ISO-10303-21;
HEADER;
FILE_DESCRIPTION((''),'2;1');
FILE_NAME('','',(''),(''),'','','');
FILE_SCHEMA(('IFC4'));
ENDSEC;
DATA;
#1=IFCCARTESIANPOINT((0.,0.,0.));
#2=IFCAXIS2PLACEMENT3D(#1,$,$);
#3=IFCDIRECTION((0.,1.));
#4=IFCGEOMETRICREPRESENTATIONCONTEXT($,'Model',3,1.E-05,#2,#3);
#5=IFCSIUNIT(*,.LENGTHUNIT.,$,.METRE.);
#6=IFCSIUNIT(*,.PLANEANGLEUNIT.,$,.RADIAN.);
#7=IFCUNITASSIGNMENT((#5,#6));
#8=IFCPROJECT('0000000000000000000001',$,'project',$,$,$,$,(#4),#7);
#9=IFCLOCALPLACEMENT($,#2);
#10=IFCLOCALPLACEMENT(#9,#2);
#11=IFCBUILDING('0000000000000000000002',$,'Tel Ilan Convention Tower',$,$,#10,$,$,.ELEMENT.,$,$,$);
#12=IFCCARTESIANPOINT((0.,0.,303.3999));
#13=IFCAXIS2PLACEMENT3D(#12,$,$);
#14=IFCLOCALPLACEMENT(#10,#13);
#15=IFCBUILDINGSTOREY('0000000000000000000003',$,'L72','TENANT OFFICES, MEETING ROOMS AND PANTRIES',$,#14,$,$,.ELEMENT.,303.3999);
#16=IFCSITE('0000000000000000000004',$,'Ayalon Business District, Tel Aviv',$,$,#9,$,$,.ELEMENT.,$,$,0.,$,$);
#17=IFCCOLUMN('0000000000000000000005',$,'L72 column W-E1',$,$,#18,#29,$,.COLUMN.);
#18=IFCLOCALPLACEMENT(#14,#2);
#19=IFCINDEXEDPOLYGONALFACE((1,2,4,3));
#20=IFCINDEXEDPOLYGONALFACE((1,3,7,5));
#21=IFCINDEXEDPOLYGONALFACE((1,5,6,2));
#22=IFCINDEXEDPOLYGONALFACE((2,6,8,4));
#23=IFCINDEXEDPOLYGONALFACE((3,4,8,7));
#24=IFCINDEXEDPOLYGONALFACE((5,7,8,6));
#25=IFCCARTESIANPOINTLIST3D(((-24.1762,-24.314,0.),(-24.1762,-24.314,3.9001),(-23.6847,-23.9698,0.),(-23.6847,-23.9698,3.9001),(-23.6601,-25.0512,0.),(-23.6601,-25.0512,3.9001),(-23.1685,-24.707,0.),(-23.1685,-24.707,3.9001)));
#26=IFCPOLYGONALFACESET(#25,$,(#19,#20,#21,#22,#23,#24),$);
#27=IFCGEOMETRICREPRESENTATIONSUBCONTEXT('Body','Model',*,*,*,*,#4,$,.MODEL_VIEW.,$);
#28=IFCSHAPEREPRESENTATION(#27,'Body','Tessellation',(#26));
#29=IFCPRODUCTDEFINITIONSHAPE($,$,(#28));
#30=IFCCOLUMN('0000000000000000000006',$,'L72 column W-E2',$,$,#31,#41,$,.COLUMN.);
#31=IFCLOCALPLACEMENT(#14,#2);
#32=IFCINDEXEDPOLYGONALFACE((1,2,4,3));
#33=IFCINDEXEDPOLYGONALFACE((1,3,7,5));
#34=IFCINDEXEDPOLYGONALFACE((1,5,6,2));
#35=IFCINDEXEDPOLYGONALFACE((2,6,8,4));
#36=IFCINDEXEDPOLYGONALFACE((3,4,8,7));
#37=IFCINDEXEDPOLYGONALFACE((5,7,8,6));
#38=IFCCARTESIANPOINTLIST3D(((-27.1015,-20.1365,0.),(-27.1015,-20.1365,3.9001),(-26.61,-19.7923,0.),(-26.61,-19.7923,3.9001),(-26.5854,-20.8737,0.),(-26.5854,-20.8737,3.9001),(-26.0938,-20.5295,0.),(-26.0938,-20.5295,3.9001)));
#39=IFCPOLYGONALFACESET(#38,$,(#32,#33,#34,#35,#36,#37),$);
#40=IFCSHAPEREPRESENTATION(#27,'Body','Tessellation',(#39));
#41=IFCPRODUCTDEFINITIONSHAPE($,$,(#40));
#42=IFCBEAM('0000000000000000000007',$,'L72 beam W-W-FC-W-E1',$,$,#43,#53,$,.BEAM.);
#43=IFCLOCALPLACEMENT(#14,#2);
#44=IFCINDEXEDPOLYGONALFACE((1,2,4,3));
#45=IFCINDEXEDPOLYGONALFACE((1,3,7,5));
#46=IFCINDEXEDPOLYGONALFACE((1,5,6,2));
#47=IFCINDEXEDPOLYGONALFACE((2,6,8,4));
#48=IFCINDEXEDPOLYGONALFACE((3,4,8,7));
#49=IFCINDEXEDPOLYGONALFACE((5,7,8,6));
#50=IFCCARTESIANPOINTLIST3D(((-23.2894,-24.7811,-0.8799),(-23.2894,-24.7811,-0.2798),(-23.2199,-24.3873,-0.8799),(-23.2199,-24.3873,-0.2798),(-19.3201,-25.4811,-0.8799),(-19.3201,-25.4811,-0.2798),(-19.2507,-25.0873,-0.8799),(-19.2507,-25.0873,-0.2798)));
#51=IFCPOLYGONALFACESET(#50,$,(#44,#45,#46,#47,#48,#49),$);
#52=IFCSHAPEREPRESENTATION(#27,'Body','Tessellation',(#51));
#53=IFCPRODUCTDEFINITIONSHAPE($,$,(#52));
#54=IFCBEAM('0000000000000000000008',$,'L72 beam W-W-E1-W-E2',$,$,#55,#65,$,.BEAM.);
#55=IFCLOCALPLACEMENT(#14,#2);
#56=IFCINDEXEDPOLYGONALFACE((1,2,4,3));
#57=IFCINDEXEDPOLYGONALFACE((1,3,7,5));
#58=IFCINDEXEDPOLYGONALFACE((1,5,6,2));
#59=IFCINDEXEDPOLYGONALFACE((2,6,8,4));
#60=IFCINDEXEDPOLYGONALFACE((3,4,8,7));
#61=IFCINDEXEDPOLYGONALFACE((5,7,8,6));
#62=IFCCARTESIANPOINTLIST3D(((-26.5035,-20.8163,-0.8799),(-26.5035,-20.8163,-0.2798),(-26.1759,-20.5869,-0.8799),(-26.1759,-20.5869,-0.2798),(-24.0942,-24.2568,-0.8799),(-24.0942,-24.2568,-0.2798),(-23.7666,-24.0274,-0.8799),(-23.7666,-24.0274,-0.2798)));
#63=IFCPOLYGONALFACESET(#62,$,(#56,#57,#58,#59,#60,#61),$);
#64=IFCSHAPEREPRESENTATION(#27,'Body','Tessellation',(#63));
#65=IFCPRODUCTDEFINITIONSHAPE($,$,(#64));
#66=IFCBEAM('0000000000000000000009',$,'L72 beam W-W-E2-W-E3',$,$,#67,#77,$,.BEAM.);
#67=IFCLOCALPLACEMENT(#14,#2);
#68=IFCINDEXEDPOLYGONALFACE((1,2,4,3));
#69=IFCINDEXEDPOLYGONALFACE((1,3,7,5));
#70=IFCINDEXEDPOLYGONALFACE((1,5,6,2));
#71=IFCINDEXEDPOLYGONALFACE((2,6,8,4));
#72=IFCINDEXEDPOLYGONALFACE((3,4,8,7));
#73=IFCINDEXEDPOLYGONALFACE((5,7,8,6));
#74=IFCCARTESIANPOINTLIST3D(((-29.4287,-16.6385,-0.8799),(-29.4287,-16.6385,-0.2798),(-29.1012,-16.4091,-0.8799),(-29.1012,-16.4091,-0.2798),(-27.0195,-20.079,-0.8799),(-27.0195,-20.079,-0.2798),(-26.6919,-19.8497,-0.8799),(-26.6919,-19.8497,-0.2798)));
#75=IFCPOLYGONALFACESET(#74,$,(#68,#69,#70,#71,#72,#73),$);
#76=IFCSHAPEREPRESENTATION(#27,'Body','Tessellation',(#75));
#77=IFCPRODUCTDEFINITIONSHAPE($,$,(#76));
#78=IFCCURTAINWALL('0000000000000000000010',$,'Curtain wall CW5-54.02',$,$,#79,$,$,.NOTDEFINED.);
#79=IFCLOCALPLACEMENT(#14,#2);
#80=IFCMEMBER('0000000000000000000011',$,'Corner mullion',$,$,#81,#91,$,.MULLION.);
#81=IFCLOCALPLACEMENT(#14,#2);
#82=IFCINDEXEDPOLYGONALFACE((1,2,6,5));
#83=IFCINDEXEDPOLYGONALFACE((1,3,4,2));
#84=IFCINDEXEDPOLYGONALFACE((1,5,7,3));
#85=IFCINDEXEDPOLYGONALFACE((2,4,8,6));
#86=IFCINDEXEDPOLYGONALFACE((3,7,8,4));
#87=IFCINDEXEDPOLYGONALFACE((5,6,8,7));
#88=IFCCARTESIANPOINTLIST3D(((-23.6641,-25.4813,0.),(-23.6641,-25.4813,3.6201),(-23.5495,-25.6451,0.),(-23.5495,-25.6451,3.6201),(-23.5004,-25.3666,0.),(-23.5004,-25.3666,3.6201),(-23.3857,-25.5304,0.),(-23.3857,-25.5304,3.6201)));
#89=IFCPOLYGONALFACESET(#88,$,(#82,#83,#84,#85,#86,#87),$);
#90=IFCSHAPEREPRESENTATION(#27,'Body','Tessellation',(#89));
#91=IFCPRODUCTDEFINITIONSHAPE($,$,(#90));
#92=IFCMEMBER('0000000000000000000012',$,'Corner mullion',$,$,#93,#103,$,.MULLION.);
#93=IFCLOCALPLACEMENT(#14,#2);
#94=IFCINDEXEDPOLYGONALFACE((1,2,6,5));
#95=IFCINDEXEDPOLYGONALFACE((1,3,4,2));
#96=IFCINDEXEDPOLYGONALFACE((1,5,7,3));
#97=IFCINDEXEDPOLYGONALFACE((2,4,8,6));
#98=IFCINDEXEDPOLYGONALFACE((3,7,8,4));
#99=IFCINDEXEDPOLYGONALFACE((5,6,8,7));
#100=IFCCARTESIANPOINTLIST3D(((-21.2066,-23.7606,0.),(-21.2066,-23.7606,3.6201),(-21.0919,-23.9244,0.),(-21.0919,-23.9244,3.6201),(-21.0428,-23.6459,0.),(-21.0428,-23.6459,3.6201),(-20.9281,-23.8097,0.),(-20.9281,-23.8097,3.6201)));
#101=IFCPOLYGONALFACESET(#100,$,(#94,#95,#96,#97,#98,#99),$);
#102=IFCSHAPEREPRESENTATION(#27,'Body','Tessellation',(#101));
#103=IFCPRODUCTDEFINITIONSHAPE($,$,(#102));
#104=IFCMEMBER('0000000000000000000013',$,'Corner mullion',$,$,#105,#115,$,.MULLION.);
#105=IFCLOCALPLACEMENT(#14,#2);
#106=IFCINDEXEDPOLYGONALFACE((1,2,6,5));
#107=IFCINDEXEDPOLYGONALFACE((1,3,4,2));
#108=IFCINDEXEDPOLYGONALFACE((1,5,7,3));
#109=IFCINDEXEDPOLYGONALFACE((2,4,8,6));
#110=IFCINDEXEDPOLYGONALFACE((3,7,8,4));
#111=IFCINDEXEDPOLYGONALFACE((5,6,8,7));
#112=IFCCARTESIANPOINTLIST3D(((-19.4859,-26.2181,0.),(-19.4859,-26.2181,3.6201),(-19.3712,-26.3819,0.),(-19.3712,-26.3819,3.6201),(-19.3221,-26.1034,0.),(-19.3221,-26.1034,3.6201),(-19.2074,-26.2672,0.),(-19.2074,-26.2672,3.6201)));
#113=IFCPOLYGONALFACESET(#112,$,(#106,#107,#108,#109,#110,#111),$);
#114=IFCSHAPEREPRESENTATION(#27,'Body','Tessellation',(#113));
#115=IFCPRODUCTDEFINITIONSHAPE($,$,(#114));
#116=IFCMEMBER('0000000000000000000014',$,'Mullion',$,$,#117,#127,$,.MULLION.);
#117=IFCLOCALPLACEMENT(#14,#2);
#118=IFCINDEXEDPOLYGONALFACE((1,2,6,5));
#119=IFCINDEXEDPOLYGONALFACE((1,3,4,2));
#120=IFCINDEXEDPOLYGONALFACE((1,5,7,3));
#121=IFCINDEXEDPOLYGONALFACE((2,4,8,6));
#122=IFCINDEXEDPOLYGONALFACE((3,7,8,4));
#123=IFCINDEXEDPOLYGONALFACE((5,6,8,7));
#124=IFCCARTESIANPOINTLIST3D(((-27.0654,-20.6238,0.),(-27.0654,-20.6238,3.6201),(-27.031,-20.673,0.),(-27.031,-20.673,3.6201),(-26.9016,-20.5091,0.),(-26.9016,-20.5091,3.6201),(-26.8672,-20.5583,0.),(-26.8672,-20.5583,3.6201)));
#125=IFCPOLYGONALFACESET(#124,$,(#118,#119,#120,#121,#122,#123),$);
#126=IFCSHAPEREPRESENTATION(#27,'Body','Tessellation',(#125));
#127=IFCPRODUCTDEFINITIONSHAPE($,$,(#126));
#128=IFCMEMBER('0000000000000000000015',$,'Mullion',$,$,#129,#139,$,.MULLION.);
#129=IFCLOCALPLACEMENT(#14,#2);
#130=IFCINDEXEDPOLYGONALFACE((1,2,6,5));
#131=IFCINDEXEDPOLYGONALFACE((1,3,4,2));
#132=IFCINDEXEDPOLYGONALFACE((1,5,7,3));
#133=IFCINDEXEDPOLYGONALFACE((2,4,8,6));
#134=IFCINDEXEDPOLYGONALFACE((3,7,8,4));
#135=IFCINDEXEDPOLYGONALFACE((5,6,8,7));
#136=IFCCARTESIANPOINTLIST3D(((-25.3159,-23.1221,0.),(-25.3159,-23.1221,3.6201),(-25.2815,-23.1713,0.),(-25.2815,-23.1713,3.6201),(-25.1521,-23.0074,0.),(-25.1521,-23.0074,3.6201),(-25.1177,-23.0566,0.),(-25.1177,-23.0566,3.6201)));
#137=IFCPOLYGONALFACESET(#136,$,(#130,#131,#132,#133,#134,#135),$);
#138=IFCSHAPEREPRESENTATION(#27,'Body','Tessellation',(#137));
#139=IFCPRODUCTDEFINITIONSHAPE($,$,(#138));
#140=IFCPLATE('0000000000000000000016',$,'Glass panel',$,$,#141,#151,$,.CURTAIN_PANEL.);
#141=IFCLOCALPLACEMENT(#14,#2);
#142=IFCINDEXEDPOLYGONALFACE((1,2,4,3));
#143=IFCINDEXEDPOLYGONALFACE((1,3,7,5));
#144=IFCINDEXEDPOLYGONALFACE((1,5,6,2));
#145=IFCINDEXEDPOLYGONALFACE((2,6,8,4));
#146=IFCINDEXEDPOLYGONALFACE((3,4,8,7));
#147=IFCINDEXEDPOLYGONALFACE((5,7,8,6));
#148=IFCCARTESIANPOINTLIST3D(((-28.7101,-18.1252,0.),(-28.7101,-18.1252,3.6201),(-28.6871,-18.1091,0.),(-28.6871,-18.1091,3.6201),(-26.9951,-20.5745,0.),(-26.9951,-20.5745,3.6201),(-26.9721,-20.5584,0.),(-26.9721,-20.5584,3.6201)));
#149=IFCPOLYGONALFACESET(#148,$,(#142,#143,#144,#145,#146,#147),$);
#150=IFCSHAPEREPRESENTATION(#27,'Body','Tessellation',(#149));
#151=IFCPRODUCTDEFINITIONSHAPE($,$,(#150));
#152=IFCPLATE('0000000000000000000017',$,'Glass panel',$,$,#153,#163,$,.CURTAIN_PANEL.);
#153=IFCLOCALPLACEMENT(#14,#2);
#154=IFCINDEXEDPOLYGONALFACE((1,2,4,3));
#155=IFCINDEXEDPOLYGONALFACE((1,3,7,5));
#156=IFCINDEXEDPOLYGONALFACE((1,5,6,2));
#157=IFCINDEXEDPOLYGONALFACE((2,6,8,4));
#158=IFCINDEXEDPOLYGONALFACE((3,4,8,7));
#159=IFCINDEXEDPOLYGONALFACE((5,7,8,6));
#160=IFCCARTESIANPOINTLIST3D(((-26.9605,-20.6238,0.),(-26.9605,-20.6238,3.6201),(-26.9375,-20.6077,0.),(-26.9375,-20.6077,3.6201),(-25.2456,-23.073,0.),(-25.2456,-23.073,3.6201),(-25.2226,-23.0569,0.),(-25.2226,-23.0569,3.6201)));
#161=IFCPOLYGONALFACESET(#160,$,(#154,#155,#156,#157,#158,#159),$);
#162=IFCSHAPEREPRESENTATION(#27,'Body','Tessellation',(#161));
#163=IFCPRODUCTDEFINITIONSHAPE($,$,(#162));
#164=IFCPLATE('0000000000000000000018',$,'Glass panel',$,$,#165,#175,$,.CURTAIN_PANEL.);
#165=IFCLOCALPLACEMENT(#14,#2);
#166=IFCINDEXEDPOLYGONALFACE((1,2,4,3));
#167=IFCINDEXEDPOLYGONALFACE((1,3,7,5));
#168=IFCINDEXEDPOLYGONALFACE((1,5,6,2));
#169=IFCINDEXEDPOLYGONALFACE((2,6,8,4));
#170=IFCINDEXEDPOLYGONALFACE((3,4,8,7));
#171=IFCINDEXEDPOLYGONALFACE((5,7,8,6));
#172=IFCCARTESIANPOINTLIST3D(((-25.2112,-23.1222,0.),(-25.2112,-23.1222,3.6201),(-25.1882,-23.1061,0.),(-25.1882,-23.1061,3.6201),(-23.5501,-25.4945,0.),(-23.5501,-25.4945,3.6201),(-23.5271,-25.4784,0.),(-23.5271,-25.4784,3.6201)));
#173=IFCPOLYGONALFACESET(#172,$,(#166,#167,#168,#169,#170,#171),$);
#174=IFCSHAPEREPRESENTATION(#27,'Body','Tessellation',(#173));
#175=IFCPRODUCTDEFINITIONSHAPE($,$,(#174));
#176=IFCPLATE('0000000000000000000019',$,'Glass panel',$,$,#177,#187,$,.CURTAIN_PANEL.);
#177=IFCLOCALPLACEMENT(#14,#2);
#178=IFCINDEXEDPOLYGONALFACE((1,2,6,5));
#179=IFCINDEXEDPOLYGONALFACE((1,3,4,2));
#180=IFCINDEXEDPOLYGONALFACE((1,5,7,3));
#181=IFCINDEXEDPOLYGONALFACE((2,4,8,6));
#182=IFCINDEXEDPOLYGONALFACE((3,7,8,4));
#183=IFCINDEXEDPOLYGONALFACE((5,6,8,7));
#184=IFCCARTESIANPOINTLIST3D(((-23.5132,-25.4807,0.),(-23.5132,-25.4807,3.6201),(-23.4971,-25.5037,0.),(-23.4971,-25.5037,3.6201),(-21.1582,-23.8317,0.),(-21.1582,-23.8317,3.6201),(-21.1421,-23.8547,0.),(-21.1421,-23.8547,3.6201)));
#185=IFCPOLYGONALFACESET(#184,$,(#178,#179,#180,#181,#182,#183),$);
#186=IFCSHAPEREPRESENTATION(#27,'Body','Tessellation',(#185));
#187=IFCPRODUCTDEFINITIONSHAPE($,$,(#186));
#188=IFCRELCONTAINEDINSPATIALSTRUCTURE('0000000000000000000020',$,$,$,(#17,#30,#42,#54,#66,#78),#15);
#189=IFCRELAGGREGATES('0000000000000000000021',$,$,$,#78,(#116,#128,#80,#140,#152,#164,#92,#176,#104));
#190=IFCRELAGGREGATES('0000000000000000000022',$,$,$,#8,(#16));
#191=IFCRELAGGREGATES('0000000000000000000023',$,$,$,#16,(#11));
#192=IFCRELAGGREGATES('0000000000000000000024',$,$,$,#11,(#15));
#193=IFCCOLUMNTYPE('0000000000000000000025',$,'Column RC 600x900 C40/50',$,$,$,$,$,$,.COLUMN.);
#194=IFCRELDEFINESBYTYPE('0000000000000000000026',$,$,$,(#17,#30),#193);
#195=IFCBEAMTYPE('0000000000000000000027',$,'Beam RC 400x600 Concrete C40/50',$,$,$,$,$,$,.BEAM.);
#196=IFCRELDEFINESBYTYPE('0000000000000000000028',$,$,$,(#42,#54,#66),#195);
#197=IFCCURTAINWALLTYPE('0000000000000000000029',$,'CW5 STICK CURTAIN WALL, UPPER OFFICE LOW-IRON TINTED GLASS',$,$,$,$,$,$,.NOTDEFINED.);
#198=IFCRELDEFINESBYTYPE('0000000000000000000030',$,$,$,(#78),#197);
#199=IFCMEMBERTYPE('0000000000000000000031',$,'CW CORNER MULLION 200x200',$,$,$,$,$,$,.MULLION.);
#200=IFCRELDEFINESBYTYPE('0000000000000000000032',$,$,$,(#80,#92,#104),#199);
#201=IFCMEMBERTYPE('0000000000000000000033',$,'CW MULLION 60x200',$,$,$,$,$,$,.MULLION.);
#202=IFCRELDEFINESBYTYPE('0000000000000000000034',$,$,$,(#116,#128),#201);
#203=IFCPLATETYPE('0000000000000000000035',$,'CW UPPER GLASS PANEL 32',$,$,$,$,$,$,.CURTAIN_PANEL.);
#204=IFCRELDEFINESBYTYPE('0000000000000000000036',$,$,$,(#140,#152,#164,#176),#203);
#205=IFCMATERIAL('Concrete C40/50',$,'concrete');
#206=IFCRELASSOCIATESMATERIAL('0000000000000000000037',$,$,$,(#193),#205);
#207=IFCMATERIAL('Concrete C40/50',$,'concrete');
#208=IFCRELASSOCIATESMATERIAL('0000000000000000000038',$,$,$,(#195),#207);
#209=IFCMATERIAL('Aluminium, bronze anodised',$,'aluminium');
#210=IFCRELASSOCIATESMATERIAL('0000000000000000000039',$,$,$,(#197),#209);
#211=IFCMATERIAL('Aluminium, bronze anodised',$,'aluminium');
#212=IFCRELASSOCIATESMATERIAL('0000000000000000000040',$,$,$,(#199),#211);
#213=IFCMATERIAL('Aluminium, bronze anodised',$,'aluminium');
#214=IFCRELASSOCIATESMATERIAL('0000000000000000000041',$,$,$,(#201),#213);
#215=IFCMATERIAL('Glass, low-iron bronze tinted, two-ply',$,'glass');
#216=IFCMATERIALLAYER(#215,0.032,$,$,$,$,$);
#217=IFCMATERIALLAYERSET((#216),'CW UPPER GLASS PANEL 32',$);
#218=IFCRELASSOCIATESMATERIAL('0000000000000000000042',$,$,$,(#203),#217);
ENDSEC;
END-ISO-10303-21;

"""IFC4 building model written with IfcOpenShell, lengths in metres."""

from ifc_helpers import new_model, si_unit, direction, frame, origin, origin_2d, place, context, subcontext, project, spatial, rectangle, extrude, material, layer, layer_set, material_profile, profile_set, type_object, element, aggregate, save


model = new_model("IFC4")

# Units and contexts
model_context = context("Model", 3, precision=1e-05, world=origin(), true_north=direction((0.0, 1.0)))
body_context = subcontext(model_context, "Body", "Model", "MODEL_VIEW")
ifc_project = project(units=[si_unit("LENGTHUNIT", "METRE"), si_unit("PLANEANGLEUNIT", "RADIAN")], contexts=[model_context])

# Site, building, storey
site_placement = place(None, origin())
site = spatial("IfcSite", under=ifc_project, at=site_placement, Name="Ayalon Business District, Tel Aviv", CompositionType="ELEMENT", RefElevation=0.0)
building_placement = place(site_placement, origin())
building = spatial("IfcBuilding", under=site, at=building_placement, Name="Tel Ilan Convention Tower", CompositionType="ELEMENT")
storey_placement = place(building_placement, frame((0.0, 0.0, 303.3999)))
storey = spatial("IfcBuildingStorey", under=building, at=storey_placement, Name="L72", Description="TENANT OFFICES, MEETING ROOMS AND PANTRIES", CompositionType="ELEMENT", Elevation=303.3999)

# Columns
ifc_material_1 = material(Name="Concrete C40/50", Category="concrete")
ifc_material_profile_1 = material_profile(ifc_material_1, rectangle(XDim=0.8999, YDim=0.6001, at=origin_2d()), Name="RC 600x900")
ifc_profile_set_1 = profile_set([ifc_material_profile_1], Name="Concrete C40/50")
column_type = type_object("IfcColumnType", Name="Column RC 600x900 C40/50", PredefinedType="COLUMN", material=ifc_profile_set_1)
for number, where, z_axis, x_axis, name in (
    (1, (-23.6724, -24.5105, 0.0), (0.0, 0.0, 1.0), (-0.573576, 0.819152, 0.0), "L72 column W-E1"),
    (2, (-26.5977, -20.333, 0.0), (0.0, 0.0, 1.0), (-0.573576, 0.819152, 0.0), "L72 column W-E2"),
):
    element("IfcColumn", number, at=place(storey_placement, frame(where, z_axis=z_axis, x_axis=x_axis)), inside=storey, type_object=column_type, Name=name, PredefinedType="COLUMN", context=body_context, shape_type="SweptSolid", body=[
        extrude(rectangle(XDim=0.8999, YDim=0.6001, at=origin_2d()), origin(), (0.0, 0.0, 1.0), 3.9001),
    ])

# Beams
ifc_material_2 = material(Name="Concrete C40/50", Category="concrete")
ifc_material_profile_2 = material_profile(ifc_material_2, rectangle(XDim=0.3999, YDim=0.6001, at=origin_2d()), Name="RC 400x600")
ifc_profile_set_2 = profile_set([ifc_material_profile_2], Name="Concrete C40/50")
beam_type = type_object("IfcBeamType", Name="Beam RC 400x600 Concrete C40/50", PredefinedType="BEAM", material=ifc_profile_set_2)
beam_placement = place(storey_placement, frame((-19.2854, -25.2842, -0.5798), z_axis=(-0.984805, 0.173664, 0.0), x_axis=(-0.173664, -0.984805, 0.0)))
element("IfcBeam", 3, at=beam_placement, inside=storey, type_object=beam_type, Name="L72 beam W-W-FC-W-E1", PredefinedType="BEAM", context=body_context, shape_type="SweptSolid", body=[
    extrude(rectangle(XDim=0.3999, YDim=0.6001, at=origin_2d()), origin(), (0.0, 0.0, 1.0), 4.0305),
])
for number, where, z_axis, x_axis, name in (
    (4, (-23.9304, -24.1421, -0.5798), (-0.573603, 0.819134, 0.0), (-0.819134, -0.573603, 0.0), "L72 beam W-W-E1-W-E2"),
    (5, (-26.8557, -19.9644, -0.5798), (-0.573603, 0.819134, 0.0), (-0.819134, -0.573603, 0.0), "L72 beam W-W-E2-W-E3"),
):
    element("IfcBeam", number, at=place(storey_placement, frame(where, z_axis=z_axis, x_axis=x_axis)), inside=storey, type_object=beam_type, Name=name, PredefinedType="BEAM", context=body_context, shape_type="SweptSolid", body=[
        extrude(rectangle(XDim=0.3999, YDim=0.6001, at=origin_2d()), origin(), (0.0, 0.0, 1.0), 4.2002),
    ])

# Curtain wall, members, plates
ifc_material_3 = material(Name="Aluminium, bronze anodised", Category="aluminium")
curtain_wall_type = type_object("IfcCurtainWallType", Name="CW5 STICK CURTAIN WALL, UPPER OFFICE LOW-IRON TINTED GLASS", PredefinedType="NOTDEFINED", material=ifc_material_3)
curtain_wall_placement = place(storey_placement, origin())
curtain_wall = element("IfcCurtainWall", 6, at=curtain_wall_placement, inside=storey, type_object=curtain_wall_type, Name="Curtain wall CW5-54.02", PredefinedType="NOTDEFINED")
ifc_material_4 = material(Name="Aluminium, bronze anodised", Category="aluminium")
ifc_material_profile_3 = material_profile(ifc_material_4, rectangle(XDim=0.2, YDim=0.2, at=origin_2d()), Name="CW CORNER MULLION 200x200")
ifc_profile_set_3 = profile_set([ifc_material_profile_3], Name="Aluminium, bronze anodised")
member_type_1 = type_object("IfcMemberType", Name="CW CORNER MULLION 200x200", PredefinedType="MULLION", material=ifc_profile_set_3)
member_1_placement = place(storey_placement, frame((-23.5249, -25.5059, 0.0), z_axis=(0.0, 0.0, 1.0), x_axis=(0.573576, -0.819152, 0.0)))
member_1 = element("IfcMember", 7, at=member_1_placement, type_object=member_type_1, Name="Corner mullion", PredefinedType="MULLION", context=body_context, shape_type="SweptSolid", body=[
    extrude(rectangle(XDim=0.2, YDim=0.2, at=origin_2d()), origin(), (0.0, 0.0, 1.0), 3.6201),
])
member_2_placement = place(storey_placement, frame((-21.0674, -23.7852, 0.0), z_axis=(0.0, 0.0, 1.0), x_axis=(0.819152, 0.573576, 0.0)))
member_2 = element("IfcMember", 8, at=member_2_placement, type_object=member_type_1, Name="Corner mullion", PredefinedType="MULLION", context=body_context, shape_type="SweptSolid", body=[
    extrude(rectangle(XDim=0.2, YDim=0.2, at=origin_2d()), origin(), (0.0, 0.0, 1.0), 3.6201),
])
member_3_placement = place(storey_placement, frame((-19.3467, -26.2427, 0.0), z_axis=(0.0, 0.0, 1.0), x_axis=(0.573576, -0.819152, 0.0)))
member_3 = element("IfcMember", 9, at=member_3_placement, type_object=member_type_1, Name="Corner mullion", PredefinedType="MULLION", context=body_context, shape_type="SweptSolid", body=[
    extrude(rectangle(XDim=0.2, YDim=0.2, at=origin_2d()), origin(), (0.0, 0.0, 1.0), 3.6201),
])
ifc_material_5 = material(Name="Aluminium, bronze anodised", Category="aluminium")
ifc_material_profile_4 = material_profile(ifc_material_5, rectangle(XDim=0.0601, YDim=0.2, at=origin_2d()), Name="CW MULLION 60x200")
ifc_profile_set_4 = profile_set([ifc_material_profile_4], Name="Aluminium, bronze anodised")
member_type_2 = type_object("IfcMemberType", Name="CW MULLION 60x200", PredefinedType="MULLION", material=ifc_profile_set_4)
member_4_placement = place(storey_placement, frame((-26.9663, -20.5911, 0.0), z_axis=(0.0, 0.0, 1.0), x_axis=(0.573576, -0.819152, 0.0)))
member_4 = element("IfcMember", 10, at=member_4_placement, type_object=member_type_2, Name="Mullion", PredefinedType="MULLION", context=body_context, shape_type="SweptSolid", body=[
    extrude(rectangle(XDim=0.0601, YDim=0.2, at=origin_2d()), origin(), (0.0, 0.0, 1.0), 3.6201),
])
member_5_placement = place(storey_placement, frame((-25.2168, -23.0894, 0.0), z_axis=(0.0, 0.0, 1.0), x_axis=(0.573576, -0.819152, 0.0)))
member_5 = element("IfcMember", 11, at=member_5_placement, type_object=member_type_2, Name="Mullion", PredefinedType="MULLION", context=body_context, shape_type="SweptSolid", body=[
    extrude(rectangle(XDim=0.0601, YDim=0.2, at=origin_2d()), origin(), (0.0, 0.0, 1.0), 3.6201),
])
ifc_material_6 = material(Name="Glass, low-iron bronze tinted, two-ply", Category="glass")
ifc_layer_1 = layer(ifc_material_6, 0.032)
ifc_layer_set_1 = layer_set([ifc_layer_1], Name="CW UPPER GLASS PANEL 32")
plate_type = type_object("IfcPlateType", Name="CW UPPER GLASS PANEL 32", PredefinedType="CURTAIN_PANEL", material=ifc_layer_set_1)
plate_1_placement = place(storey_placement, frame((-27.8411, -19.3418, 0.0), z_axis=(0.0, 0.0, 1.0), x_axis=(0.573576, -0.819152, 0.0)))
plate_1 = element("IfcPlate", 12, at=plate_1_placement, type_object=plate_type, Name="Glass panel", PredefinedType="CURTAIN_PANEL", context=body_context, shape_type="SweptSolid", body=[
    extrude(rectangle(XDim=2.99, YDim=0.0281, at=origin_2d()), origin(), (0.0, 0.0, 1.0), 3.6201),
])
plate_2_placement = place(storey_placement, frame((-26.0916, -21.8403, 0.0), z_axis=(0.0, 0.0, 1.0), x_axis=(0.573576, -0.819152, 0.0)))
plate_2 = element("IfcPlate", 13, at=plate_2_placement, type_object=plate_type, Name="Glass panel", PredefinedType="CURTAIN_PANEL", context=body_context, shape_type="SweptSolid", body=[
    extrude(rectangle(XDim=2.99, YDim=0.0281, at=origin_2d()), origin(), (0.0, 0.0, 1.0), 3.6201),
])
plate_3_placement = place(storey_placement, frame((-24.3691, -24.3003, 0.0), z_axis=(0.0, 0.0, 1.0), x_axis=(0.573576, -0.819152, 0.0)))
plate_3 = element("IfcPlate", 14, at=plate_3_placement, type_object=plate_type, Name="Glass panel", PredefinedType="CURTAIN_PANEL", context=body_context, shape_type="SweptSolid", body=[
    extrude(rectangle(XDim=2.896, YDim=0.0281, at=origin_2d()), origin(), (0.0, 0.0, 1.0), 3.6201),
])
plate_4_placement = place(storey_placement, frame((-22.3276, -24.6677, 0.0), z_axis=(0.0, 0.0, 1.0), x_axis=(0.819152, 0.573576, 0.0)))
plate_4 = element("IfcPlate", 15, at=plate_4_placement, type_object=plate_type, Name="Glass panel", PredefinedType="CURTAIN_PANEL", context=body_context, shape_type="SweptSolid", body=[
    extrude(rectangle(XDim=2.875, YDim=0.0281, at=origin_2d()), origin(), (0.0, 0.0, 1.0), 3.6201),
])
aggregate(curtain_wall, [member_4, member_5, member_1, plate_1, plate_2, plate_3, member_2, plate_4, member_3])

save(model, "model.ifc")
